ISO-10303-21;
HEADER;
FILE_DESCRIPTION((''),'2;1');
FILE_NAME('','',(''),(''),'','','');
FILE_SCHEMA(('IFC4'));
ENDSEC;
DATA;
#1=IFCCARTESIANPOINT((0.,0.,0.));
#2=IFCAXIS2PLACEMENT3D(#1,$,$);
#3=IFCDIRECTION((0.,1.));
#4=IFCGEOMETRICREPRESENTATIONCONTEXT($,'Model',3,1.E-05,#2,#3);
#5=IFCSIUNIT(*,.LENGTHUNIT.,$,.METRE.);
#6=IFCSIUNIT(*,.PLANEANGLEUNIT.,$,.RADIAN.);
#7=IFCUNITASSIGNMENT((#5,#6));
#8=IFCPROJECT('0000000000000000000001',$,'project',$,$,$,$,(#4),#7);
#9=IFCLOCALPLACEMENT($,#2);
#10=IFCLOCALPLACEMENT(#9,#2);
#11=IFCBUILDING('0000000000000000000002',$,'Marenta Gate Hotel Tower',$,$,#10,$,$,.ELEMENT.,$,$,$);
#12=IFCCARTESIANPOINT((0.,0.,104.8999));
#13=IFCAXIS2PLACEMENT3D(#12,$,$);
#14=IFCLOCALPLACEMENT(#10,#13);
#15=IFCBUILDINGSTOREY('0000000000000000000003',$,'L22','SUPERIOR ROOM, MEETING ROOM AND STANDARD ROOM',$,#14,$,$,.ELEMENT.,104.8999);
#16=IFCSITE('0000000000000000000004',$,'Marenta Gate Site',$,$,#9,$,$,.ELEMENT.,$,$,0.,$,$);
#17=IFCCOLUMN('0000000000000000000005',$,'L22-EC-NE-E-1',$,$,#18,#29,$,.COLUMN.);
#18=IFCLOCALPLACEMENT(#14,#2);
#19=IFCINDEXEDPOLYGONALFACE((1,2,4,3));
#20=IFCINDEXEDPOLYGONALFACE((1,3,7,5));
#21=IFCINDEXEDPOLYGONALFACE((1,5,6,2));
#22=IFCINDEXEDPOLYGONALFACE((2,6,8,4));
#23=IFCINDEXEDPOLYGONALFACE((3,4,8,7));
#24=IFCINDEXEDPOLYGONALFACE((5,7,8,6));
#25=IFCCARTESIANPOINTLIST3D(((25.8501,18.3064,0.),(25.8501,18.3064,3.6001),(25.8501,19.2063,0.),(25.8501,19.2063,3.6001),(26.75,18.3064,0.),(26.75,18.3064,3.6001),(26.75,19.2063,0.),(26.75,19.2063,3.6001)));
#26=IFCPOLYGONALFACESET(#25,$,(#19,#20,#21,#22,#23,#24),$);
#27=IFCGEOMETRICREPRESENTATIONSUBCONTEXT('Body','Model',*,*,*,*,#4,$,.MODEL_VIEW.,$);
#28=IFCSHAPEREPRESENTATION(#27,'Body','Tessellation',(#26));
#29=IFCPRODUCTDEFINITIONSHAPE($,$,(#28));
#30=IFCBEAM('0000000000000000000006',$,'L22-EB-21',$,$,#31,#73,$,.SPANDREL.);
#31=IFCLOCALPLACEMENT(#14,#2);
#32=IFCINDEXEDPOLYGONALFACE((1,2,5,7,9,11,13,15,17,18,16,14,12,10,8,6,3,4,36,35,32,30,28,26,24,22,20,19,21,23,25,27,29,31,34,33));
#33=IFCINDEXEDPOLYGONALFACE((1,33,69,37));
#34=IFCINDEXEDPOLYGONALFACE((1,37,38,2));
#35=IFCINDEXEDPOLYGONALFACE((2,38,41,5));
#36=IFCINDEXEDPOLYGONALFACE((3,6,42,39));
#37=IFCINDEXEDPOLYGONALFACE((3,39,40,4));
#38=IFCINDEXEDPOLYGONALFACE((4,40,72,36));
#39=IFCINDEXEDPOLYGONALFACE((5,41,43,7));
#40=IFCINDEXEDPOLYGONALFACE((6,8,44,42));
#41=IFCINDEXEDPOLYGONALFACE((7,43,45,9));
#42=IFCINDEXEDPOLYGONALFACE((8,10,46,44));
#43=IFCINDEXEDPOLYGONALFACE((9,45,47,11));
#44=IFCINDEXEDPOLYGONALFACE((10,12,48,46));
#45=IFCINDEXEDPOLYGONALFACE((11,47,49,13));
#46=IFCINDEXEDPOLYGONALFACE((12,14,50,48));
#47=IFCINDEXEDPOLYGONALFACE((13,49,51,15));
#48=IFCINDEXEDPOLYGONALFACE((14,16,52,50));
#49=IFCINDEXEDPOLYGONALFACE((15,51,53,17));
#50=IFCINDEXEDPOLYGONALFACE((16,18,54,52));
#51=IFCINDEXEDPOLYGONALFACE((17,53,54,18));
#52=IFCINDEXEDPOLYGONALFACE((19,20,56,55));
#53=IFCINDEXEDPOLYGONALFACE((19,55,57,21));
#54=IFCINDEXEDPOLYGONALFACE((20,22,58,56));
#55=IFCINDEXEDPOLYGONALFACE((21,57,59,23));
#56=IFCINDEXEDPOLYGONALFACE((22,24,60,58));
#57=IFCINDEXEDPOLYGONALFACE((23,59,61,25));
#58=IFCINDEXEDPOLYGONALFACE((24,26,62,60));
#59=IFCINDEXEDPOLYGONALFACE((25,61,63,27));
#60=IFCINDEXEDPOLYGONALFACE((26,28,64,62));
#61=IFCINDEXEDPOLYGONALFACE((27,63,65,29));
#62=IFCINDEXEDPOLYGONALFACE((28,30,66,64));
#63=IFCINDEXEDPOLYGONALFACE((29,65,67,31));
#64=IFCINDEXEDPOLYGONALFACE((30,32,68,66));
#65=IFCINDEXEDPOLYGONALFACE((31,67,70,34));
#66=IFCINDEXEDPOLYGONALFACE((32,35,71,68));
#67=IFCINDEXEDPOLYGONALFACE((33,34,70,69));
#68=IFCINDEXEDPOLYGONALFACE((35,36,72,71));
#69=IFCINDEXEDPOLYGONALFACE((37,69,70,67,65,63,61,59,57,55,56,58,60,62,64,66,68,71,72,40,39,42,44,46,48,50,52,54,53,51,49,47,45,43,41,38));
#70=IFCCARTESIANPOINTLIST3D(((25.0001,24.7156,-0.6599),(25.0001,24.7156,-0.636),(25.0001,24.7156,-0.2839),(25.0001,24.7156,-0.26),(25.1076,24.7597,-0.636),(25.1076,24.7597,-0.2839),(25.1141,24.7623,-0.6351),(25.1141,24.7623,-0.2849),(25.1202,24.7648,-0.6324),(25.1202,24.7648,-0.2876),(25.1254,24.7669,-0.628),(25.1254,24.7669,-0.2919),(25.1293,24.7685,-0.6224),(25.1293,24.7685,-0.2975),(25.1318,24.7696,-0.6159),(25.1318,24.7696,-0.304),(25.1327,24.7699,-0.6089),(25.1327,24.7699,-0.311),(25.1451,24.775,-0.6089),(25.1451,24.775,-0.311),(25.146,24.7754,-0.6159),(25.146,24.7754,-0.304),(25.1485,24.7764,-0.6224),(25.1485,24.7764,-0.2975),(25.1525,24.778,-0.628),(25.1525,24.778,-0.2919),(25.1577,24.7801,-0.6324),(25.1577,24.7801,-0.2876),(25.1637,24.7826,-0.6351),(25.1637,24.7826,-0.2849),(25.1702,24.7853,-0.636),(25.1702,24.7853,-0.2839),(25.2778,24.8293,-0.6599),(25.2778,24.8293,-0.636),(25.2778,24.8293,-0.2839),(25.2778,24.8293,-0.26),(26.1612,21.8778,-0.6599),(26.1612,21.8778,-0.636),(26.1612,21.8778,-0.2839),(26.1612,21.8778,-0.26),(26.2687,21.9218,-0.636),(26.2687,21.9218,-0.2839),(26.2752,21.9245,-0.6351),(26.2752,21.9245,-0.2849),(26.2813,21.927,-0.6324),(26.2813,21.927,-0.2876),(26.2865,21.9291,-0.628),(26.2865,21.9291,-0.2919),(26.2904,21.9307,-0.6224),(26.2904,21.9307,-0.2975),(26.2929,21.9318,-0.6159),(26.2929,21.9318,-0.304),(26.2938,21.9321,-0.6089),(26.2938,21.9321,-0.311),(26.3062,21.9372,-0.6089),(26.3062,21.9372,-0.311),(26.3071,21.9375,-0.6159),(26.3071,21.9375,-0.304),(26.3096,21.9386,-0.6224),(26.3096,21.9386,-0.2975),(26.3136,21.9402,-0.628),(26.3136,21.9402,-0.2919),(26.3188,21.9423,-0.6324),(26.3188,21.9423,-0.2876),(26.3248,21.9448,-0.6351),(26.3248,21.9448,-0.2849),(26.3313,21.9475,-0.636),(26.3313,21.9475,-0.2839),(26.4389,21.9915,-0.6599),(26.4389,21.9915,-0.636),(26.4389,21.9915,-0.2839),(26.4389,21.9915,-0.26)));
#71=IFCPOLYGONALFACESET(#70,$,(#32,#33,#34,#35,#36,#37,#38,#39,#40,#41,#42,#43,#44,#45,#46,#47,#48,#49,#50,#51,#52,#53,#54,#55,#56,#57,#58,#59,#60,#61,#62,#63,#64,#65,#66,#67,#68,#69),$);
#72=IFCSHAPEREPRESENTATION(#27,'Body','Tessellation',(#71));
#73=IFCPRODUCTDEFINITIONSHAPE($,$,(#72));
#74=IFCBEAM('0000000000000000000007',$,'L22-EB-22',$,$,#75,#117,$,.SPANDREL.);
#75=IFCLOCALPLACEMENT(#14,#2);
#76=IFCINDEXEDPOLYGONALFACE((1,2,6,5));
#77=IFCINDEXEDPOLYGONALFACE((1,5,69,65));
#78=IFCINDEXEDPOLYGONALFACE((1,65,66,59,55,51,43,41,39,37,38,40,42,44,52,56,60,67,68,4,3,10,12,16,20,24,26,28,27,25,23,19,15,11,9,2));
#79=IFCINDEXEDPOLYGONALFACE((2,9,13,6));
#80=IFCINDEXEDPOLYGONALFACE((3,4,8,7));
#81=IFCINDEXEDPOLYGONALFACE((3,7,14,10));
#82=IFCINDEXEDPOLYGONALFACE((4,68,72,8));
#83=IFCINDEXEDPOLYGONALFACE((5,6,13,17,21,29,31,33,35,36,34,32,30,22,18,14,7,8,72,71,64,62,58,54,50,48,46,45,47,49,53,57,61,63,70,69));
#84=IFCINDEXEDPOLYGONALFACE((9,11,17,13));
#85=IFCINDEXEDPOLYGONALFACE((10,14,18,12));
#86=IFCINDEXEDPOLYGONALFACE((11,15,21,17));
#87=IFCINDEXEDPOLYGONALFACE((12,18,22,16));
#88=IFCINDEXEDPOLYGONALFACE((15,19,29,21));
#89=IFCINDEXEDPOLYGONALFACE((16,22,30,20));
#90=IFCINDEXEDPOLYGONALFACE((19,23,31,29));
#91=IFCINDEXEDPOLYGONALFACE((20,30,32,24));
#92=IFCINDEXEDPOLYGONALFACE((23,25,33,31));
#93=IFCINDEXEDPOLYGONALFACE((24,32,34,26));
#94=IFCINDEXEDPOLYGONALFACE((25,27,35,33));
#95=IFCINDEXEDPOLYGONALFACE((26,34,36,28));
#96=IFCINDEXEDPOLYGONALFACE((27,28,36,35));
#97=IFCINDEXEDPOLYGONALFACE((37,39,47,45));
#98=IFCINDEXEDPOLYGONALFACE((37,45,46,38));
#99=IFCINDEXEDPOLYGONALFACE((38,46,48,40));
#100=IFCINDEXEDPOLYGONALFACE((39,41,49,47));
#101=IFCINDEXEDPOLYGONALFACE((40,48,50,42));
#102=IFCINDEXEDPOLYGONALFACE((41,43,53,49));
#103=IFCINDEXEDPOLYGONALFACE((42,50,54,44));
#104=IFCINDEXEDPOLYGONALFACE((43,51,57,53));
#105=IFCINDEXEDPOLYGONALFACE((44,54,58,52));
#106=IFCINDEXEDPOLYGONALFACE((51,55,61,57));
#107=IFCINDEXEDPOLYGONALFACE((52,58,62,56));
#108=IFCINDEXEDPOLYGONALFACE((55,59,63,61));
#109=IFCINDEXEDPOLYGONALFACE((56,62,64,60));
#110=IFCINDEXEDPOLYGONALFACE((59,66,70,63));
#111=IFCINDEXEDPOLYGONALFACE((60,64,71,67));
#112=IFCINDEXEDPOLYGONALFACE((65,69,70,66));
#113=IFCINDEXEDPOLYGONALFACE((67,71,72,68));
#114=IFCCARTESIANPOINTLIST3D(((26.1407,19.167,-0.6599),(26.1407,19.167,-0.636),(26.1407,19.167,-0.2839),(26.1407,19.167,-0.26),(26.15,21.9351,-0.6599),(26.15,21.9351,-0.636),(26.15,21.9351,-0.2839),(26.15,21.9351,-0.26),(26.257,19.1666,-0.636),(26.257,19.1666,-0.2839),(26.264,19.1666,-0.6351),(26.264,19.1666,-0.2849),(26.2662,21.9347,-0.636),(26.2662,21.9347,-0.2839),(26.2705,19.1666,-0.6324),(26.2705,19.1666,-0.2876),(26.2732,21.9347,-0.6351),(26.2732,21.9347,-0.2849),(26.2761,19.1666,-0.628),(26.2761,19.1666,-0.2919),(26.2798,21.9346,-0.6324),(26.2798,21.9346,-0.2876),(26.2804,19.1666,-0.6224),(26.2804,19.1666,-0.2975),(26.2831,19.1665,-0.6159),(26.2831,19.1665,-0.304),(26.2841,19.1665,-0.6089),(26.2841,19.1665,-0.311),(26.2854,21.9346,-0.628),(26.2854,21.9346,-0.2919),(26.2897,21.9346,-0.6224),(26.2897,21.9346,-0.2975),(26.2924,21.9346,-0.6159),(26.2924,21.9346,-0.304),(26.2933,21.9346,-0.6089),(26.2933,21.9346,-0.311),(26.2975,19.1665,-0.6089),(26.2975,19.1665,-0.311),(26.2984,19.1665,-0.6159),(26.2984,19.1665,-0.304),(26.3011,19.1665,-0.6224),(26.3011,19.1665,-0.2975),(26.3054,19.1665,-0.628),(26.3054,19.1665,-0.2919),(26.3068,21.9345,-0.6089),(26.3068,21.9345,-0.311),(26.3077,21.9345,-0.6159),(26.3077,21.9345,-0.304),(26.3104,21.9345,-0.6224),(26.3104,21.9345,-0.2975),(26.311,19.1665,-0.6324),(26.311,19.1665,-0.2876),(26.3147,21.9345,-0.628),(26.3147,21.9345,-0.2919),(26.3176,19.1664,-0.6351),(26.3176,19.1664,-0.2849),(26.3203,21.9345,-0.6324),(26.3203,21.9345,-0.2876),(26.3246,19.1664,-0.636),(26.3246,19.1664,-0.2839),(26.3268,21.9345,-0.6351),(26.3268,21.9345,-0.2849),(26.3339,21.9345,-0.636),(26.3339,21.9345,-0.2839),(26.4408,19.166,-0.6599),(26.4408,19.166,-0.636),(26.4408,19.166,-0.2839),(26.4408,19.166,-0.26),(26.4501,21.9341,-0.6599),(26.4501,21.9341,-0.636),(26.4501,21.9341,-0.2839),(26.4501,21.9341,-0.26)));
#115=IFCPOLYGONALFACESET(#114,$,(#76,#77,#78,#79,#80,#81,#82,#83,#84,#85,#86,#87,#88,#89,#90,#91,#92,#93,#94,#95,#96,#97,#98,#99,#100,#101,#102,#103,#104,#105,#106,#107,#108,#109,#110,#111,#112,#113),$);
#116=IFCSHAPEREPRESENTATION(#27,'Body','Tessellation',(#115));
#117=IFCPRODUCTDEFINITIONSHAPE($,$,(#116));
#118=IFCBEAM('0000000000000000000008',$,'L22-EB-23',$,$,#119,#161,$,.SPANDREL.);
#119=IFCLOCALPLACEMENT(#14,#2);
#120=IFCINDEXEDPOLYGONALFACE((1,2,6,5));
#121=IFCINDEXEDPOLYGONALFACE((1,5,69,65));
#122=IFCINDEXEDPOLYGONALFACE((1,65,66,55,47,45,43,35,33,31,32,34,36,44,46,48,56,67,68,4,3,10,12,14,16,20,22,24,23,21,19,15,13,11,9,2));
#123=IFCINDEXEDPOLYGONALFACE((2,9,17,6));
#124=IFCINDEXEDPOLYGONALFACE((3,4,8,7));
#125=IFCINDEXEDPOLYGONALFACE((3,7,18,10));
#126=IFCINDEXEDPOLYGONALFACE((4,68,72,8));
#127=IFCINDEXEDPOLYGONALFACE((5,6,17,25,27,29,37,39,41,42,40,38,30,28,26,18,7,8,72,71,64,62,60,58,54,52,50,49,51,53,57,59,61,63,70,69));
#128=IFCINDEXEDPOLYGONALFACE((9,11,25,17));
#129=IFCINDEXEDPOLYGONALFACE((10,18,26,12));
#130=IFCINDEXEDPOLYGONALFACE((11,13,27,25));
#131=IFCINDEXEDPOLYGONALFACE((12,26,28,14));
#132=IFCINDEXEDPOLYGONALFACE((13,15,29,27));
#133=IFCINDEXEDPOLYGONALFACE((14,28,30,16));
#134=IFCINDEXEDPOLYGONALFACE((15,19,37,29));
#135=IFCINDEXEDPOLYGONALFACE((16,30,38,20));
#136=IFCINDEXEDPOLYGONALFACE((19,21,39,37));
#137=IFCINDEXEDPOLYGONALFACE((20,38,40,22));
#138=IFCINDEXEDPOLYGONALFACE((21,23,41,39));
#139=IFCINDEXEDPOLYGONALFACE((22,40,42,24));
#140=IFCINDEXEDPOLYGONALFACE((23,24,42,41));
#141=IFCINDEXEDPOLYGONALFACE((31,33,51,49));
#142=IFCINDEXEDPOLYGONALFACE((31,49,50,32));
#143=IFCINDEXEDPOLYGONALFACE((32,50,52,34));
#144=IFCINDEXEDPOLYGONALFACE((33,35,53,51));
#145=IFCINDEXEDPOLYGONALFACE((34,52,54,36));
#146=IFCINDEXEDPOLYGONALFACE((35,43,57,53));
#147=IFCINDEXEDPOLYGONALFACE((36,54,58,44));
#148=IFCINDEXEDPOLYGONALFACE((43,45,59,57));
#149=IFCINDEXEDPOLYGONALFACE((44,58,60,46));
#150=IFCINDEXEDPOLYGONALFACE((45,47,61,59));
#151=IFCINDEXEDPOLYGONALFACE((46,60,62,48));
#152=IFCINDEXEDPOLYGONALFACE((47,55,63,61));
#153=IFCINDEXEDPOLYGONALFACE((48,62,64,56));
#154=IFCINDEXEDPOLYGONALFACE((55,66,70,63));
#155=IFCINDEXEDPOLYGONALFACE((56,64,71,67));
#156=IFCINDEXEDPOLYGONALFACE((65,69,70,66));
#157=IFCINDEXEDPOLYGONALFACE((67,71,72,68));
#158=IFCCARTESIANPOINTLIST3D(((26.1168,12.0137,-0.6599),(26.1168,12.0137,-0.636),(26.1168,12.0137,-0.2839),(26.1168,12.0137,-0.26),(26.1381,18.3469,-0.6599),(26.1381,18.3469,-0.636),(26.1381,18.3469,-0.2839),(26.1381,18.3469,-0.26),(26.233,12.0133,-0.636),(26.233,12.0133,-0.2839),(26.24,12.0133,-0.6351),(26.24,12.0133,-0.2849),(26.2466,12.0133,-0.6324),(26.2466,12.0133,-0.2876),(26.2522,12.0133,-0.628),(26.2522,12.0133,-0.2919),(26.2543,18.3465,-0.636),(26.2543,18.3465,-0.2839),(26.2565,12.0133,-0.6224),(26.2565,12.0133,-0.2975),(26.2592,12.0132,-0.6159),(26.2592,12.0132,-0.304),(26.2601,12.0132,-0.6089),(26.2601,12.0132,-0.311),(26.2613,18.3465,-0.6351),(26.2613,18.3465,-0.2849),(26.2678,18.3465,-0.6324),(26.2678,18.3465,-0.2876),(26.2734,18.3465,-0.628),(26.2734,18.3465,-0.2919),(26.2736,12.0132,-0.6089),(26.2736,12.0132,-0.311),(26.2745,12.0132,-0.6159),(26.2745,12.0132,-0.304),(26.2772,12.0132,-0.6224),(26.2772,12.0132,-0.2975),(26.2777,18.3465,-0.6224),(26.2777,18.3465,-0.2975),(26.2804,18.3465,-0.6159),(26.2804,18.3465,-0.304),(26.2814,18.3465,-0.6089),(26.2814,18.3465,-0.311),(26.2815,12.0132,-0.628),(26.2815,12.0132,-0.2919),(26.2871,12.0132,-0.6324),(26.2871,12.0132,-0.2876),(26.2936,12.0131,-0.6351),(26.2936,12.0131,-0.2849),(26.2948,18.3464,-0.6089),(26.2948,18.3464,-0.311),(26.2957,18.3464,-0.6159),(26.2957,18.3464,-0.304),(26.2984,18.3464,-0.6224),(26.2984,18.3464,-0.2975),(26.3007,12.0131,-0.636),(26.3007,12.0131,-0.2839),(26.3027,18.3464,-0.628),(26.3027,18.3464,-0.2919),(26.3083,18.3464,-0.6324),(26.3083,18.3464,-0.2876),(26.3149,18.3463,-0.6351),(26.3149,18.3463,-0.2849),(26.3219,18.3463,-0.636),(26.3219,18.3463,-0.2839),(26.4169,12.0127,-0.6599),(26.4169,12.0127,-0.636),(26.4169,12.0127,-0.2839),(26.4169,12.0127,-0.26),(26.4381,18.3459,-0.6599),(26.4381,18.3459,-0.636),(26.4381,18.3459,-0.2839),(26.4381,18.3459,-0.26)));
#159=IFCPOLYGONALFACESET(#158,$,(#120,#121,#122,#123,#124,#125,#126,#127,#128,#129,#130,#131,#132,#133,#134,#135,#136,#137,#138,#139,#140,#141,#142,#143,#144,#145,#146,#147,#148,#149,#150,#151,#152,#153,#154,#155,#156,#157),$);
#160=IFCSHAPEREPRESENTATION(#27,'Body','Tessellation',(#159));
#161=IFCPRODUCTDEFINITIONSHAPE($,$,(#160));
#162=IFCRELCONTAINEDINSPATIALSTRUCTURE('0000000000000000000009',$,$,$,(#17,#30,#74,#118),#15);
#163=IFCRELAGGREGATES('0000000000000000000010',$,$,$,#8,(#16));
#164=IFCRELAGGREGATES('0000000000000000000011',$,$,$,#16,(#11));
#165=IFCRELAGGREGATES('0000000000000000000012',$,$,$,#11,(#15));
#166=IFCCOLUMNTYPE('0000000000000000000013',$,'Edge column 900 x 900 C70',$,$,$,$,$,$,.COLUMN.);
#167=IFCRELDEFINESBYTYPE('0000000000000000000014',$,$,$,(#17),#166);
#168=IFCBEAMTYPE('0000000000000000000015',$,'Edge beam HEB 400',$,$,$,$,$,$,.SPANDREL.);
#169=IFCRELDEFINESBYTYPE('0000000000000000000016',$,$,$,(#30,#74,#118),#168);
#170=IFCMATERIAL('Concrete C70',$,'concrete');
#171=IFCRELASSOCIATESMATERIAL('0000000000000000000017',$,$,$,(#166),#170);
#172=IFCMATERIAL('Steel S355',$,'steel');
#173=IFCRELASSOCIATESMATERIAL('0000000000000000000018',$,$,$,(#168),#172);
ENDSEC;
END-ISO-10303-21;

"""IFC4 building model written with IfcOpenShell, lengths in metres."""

from ifc_helpers import new_model, si_unit, direction, frame, origin, origin_2d, place, context, subcontext, project, spatial, rectangle, i_section, extrude, material, material_profile, profile_set, type_object, element, save


model = new_model("IFC4")

# Units and contexts
model_context = context("Model", 3, precision=1e-05, world=origin(), true_north=direction((0.0, 1.0)))
body_context = subcontext(model_context, "Body", "Model", "MODEL_VIEW")
ifc_project = project(units=[si_unit("LENGTHUNIT", "METRE"), si_unit("PLANEANGLEUNIT", "RADIAN")], contexts=[model_context])

# Site, building, storey
site_placement = place(None, origin())
site = spatial("IfcSite", under=ifc_project, at=site_placement, Name="Marenta Gate Site", CompositionType="ELEMENT", RefElevation=0.0)
building_placement = place(site_placement, origin())
building = spatial("IfcBuilding", under=site, at=building_placement, Name="Marenta Gate Hotel Tower", CompositionType="ELEMENT")
storey_placement = place(building_placement, frame((0.0, 0.0, 104.8999)))
storey = spatial("IfcBuildingStorey", under=building, at=storey_placement, Name="L22", Description="SUPERIOR ROOM, MEETING ROOM AND STANDARD ROOM", CompositionType="ELEMENT", Elevation=104.8999)

# Column
ifc_material_1 = material(Name="Concrete C70", Category="concrete")
ifc_material_profile_1 = material_profile(ifc_material_1, rectangle(XDim=0.8999, YDim=0.8999, at=origin_2d()), Name="900 x 900")
ifc_profile_set_1 = profile_set([ifc_material_profile_1], Name="Concrete C70")
column_type = type_object("IfcColumnType", Name="Edge column 900 x 900 C70", PredefinedType="COLUMN", material=ifc_profile_set_1)
column_placement = place(storey_placement, frame((26.3, 18.7563, 0.0), z_axis=(0.0, 0.0, 1.0), x_axis=(1.0, 0.0, 0.0)))
element("IfcColumn", 1, at=column_placement, inside=storey, type_object=column_type, Name="L22-EC-NE-E-1", PredefinedType="COLUMN", context=body_context, shape_type="SweptSolid", body=[
    extrude(rectangle(XDim=0.8999, YDim=0.8999, at=origin_2d()), origin(), (0.0, 0.0, 1.0), 3.6001),
])

# Beams
ifc_material_2 = material(Name="Steel S355", Category="steel")
ifc_material_profile_2 = material_profile(ifc_material_2, i_section(OverallWidth=0.3, OverallDepth=0.3999, WebThickness=0.0134, FlangeThickness=0.0239, FilletRadius=0.0271, at=origin_2d()), Name="HEB 400")
ifc_profile_set_2 = profile_set([ifc_material_profile_2], Name="Steel S355")
beam_type_1 = type_object("IfcBeamType", Name="Edge beam HEB 400", PredefinedType="SPANDREL", material=ifc_profile_set_2)
beam_1_placement = place(storey_placement, frame((25.1389, 24.7725, -0.46), z_axis=(0.378682, -0.925527, 0.0), x_axis=(0.925527, 0.378682, 0.0)))
element("IfcBeam", 2, at=beam_1_placement, inside=storey, type_object=beam_type_1, Name="L22-EB-21", PredefinedType="SPANDREL", context=body_context, shape_type="SweptSolid", body=[
    extrude(i_section(OverallWidth=0.3, OverallDepth=0.3999, WebThickness=0.0134, FlangeThickness=0.0239, FilletRadius=0.0271, at=origin_2d()), origin(), (0.0, 0.0, 1.0), 3.0662),
])
beam_2_placement = place(storey_placement, frame((26.3, 21.9346, -0.46), z_axis=(-0.003352, -0.999994, 0.0), x_axis=(0.999994, -0.003352, 0.0)))
element("IfcBeam", 3, at=beam_2_placement, inside=storey, type_object=beam_type_1, Name="L22-EB-22", PredefinedType="SPANDREL", context=body_context, shape_type="SweptSolid", body=[
    extrude(i_section(OverallWidth=0.3, OverallDepth=0.3999, WebThickness=0.0134, FlangeThickness=0.0239, FilletRadius=0.0271, at=origin_2d()), origin(), (0.0, 0.0, 1.0), 2.7681),
])
beam_3_placement = place(storey_placement, frame((26.2881, 18.3464, -0.46), z_axis=(-0.003354, -0.999994, 0.0), x_axis=(0.999994, -0.003354, 0.0)))
element("IfcBeam", 4, at=beam_3_placement, inside=storey, type_object=beam_type_1, Name="L22-EB-23", PredefinedType="SPANDREL", context=body_context, shape_type="SweptSolid", body=[
    extrude(i_section(OverallWidth=0.3, OverallDepth=0.3999, WebThickness=0.0134, FlangeThickness=0.0239, FilletRadius=0.0271, at=origin_2d()), origin(), (0.0, 0.0, 1.0), 6.3333),
])

save(model, "model.ifc")
